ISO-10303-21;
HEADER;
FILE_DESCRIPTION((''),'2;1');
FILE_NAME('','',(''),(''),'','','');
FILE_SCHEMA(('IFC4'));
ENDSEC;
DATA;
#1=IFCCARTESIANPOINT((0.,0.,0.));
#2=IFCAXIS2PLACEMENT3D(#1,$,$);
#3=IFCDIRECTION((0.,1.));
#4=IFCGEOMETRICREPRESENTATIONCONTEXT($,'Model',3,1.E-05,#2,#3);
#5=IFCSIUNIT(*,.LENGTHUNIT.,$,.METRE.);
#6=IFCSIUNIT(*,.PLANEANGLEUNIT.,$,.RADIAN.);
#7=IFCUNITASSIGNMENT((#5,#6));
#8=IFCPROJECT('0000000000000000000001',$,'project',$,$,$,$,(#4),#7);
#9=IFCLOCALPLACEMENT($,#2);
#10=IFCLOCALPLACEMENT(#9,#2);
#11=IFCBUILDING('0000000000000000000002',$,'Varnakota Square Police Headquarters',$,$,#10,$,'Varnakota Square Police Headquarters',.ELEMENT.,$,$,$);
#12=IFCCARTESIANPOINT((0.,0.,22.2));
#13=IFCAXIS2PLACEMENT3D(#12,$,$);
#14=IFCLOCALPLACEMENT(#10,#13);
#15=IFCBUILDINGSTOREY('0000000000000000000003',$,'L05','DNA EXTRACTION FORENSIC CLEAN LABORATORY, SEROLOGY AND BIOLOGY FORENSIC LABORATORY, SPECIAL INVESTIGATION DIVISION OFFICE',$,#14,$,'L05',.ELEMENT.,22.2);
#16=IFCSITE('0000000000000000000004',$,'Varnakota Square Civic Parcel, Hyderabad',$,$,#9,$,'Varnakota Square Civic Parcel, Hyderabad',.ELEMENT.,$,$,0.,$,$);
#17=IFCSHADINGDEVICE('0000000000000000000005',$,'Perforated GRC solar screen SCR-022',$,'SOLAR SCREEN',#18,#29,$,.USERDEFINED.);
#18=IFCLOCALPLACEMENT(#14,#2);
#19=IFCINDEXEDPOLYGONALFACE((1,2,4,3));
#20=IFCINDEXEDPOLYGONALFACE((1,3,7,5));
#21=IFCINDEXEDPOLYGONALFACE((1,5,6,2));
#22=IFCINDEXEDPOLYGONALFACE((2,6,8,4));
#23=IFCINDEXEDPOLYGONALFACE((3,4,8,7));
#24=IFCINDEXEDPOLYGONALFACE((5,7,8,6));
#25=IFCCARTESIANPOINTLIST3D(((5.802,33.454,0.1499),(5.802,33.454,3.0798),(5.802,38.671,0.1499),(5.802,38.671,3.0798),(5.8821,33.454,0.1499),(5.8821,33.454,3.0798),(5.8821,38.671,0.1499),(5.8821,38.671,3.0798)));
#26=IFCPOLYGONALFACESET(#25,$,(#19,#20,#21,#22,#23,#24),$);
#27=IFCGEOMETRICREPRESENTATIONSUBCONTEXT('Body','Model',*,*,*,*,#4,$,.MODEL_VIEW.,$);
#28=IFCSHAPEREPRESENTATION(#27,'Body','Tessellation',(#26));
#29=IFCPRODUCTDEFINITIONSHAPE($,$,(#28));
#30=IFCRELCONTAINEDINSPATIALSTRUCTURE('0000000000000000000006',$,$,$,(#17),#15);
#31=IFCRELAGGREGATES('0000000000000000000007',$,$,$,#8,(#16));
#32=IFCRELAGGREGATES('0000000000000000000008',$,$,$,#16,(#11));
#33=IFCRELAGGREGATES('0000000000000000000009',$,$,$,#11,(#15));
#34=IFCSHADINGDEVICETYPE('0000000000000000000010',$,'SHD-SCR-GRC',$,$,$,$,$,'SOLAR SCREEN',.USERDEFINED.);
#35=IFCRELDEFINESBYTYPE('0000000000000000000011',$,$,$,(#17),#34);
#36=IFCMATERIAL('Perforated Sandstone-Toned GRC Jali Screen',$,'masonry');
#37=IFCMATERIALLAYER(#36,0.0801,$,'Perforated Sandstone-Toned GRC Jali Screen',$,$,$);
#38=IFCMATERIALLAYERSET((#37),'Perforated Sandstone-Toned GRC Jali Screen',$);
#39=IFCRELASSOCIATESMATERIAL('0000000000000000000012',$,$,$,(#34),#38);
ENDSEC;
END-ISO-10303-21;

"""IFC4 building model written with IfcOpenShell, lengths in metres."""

from ifc_helpers import new_model, si_unit, direction, frame, origin, origin_2d, place, context, subcontext, project, spatial, rectangle, extrude, material, layer, layer_set, type_object, element, save


model = new_model("IFC4")

# Units and contexts
model_context = context("Model", 3, precision=1e-05, world=origin(), true_north=direction((0.0, 1.0)))
body_context = subcontext(model_context, "Body", "Model", "MODEL_VIEW")
ifc_project = project(units=[si_unit("LENGTHUNIT", "METRE"), si_unit("PLANEANGLEUNIT", "RADIAN")], contexts=[model_context])

# Site, building, storey
site_placement = place(None, origin())
site = spatial("IfcSite", under=ifc_project, at=site_placement, Name="Varnakota Square Civic Parcel, Hyderabad", LongName="Varnakota Square Civic Parcel, Hyderabad", CompositionType="ELEMENT", RefElevation=0.0)
building_placement = place(site_placement, origin())
building = spatial("IfcBuilding", under=site, at=building_placement, Name="Varnakota Square Police Headquarters", LongName="Varnakota Square Police Headquarters", CompositionType="ELEMENT")
storey_placement = place(building_placement, frame((0.0, 0.0, 22.2)))
storey = spatial("IfcBuildingStorey", under=building, at=storey_placement, Name="L05", Description="DNA EXTRACTION FORENSIC CLEAN LABORATORY, SEROLOGY AND BIOLOGY FORENSIC LABORATORY, SPECIAL INVESTIGATION DIVISION OFFICE", LongName="L05", CompositionType="ELEMENT", Elevation=22.2)

# Shading device
ifc_material_1 = material(Name="Perforated Sandstone-Toned GRC Jali Screen", Category="masonry")
ifc_layer_1 = layer(ifc_material_1, 0.0801, Name="Perforated Sandstone-Toned GRC Jali Screen")
ifc_layer_set_1 = layer_set([ifc_layer_1], Name="Perforated Sandstone-Toned GRC Jali Screen")
shading_device_type = type_object("IfcShadingDeviceType", Name="SHD-SCR-GRC", ElementType="SOLAR SCREEN", PredefinedType="USERDEFINED", material=ifc_layer_set_1)
shading_device_placement = place(storey_placement, frame((5.842, 36.0625, 0.1499), z_axis=(0.0, 0.0, 1.0), x_axis=(0.0, 1.0, 0.0)))
element("IfcShadingDevice", 1, at=shading_device_placement, inside=storey, type_object=shading_device_type, Name="Perforated GRC solar screen SCR-022", ObjectType="SOLAR SCREEN", PredefinedType="USERDEFINED", context=body_context, shape_type="SweptSolid", body=[
    extrude(rectangle(XDim=5.217, YDim=0.0801, at=origin_2d()), origin(), (0.0, 0.0, 1.0), 2.9299),
])

save(model, "model.ifc")
